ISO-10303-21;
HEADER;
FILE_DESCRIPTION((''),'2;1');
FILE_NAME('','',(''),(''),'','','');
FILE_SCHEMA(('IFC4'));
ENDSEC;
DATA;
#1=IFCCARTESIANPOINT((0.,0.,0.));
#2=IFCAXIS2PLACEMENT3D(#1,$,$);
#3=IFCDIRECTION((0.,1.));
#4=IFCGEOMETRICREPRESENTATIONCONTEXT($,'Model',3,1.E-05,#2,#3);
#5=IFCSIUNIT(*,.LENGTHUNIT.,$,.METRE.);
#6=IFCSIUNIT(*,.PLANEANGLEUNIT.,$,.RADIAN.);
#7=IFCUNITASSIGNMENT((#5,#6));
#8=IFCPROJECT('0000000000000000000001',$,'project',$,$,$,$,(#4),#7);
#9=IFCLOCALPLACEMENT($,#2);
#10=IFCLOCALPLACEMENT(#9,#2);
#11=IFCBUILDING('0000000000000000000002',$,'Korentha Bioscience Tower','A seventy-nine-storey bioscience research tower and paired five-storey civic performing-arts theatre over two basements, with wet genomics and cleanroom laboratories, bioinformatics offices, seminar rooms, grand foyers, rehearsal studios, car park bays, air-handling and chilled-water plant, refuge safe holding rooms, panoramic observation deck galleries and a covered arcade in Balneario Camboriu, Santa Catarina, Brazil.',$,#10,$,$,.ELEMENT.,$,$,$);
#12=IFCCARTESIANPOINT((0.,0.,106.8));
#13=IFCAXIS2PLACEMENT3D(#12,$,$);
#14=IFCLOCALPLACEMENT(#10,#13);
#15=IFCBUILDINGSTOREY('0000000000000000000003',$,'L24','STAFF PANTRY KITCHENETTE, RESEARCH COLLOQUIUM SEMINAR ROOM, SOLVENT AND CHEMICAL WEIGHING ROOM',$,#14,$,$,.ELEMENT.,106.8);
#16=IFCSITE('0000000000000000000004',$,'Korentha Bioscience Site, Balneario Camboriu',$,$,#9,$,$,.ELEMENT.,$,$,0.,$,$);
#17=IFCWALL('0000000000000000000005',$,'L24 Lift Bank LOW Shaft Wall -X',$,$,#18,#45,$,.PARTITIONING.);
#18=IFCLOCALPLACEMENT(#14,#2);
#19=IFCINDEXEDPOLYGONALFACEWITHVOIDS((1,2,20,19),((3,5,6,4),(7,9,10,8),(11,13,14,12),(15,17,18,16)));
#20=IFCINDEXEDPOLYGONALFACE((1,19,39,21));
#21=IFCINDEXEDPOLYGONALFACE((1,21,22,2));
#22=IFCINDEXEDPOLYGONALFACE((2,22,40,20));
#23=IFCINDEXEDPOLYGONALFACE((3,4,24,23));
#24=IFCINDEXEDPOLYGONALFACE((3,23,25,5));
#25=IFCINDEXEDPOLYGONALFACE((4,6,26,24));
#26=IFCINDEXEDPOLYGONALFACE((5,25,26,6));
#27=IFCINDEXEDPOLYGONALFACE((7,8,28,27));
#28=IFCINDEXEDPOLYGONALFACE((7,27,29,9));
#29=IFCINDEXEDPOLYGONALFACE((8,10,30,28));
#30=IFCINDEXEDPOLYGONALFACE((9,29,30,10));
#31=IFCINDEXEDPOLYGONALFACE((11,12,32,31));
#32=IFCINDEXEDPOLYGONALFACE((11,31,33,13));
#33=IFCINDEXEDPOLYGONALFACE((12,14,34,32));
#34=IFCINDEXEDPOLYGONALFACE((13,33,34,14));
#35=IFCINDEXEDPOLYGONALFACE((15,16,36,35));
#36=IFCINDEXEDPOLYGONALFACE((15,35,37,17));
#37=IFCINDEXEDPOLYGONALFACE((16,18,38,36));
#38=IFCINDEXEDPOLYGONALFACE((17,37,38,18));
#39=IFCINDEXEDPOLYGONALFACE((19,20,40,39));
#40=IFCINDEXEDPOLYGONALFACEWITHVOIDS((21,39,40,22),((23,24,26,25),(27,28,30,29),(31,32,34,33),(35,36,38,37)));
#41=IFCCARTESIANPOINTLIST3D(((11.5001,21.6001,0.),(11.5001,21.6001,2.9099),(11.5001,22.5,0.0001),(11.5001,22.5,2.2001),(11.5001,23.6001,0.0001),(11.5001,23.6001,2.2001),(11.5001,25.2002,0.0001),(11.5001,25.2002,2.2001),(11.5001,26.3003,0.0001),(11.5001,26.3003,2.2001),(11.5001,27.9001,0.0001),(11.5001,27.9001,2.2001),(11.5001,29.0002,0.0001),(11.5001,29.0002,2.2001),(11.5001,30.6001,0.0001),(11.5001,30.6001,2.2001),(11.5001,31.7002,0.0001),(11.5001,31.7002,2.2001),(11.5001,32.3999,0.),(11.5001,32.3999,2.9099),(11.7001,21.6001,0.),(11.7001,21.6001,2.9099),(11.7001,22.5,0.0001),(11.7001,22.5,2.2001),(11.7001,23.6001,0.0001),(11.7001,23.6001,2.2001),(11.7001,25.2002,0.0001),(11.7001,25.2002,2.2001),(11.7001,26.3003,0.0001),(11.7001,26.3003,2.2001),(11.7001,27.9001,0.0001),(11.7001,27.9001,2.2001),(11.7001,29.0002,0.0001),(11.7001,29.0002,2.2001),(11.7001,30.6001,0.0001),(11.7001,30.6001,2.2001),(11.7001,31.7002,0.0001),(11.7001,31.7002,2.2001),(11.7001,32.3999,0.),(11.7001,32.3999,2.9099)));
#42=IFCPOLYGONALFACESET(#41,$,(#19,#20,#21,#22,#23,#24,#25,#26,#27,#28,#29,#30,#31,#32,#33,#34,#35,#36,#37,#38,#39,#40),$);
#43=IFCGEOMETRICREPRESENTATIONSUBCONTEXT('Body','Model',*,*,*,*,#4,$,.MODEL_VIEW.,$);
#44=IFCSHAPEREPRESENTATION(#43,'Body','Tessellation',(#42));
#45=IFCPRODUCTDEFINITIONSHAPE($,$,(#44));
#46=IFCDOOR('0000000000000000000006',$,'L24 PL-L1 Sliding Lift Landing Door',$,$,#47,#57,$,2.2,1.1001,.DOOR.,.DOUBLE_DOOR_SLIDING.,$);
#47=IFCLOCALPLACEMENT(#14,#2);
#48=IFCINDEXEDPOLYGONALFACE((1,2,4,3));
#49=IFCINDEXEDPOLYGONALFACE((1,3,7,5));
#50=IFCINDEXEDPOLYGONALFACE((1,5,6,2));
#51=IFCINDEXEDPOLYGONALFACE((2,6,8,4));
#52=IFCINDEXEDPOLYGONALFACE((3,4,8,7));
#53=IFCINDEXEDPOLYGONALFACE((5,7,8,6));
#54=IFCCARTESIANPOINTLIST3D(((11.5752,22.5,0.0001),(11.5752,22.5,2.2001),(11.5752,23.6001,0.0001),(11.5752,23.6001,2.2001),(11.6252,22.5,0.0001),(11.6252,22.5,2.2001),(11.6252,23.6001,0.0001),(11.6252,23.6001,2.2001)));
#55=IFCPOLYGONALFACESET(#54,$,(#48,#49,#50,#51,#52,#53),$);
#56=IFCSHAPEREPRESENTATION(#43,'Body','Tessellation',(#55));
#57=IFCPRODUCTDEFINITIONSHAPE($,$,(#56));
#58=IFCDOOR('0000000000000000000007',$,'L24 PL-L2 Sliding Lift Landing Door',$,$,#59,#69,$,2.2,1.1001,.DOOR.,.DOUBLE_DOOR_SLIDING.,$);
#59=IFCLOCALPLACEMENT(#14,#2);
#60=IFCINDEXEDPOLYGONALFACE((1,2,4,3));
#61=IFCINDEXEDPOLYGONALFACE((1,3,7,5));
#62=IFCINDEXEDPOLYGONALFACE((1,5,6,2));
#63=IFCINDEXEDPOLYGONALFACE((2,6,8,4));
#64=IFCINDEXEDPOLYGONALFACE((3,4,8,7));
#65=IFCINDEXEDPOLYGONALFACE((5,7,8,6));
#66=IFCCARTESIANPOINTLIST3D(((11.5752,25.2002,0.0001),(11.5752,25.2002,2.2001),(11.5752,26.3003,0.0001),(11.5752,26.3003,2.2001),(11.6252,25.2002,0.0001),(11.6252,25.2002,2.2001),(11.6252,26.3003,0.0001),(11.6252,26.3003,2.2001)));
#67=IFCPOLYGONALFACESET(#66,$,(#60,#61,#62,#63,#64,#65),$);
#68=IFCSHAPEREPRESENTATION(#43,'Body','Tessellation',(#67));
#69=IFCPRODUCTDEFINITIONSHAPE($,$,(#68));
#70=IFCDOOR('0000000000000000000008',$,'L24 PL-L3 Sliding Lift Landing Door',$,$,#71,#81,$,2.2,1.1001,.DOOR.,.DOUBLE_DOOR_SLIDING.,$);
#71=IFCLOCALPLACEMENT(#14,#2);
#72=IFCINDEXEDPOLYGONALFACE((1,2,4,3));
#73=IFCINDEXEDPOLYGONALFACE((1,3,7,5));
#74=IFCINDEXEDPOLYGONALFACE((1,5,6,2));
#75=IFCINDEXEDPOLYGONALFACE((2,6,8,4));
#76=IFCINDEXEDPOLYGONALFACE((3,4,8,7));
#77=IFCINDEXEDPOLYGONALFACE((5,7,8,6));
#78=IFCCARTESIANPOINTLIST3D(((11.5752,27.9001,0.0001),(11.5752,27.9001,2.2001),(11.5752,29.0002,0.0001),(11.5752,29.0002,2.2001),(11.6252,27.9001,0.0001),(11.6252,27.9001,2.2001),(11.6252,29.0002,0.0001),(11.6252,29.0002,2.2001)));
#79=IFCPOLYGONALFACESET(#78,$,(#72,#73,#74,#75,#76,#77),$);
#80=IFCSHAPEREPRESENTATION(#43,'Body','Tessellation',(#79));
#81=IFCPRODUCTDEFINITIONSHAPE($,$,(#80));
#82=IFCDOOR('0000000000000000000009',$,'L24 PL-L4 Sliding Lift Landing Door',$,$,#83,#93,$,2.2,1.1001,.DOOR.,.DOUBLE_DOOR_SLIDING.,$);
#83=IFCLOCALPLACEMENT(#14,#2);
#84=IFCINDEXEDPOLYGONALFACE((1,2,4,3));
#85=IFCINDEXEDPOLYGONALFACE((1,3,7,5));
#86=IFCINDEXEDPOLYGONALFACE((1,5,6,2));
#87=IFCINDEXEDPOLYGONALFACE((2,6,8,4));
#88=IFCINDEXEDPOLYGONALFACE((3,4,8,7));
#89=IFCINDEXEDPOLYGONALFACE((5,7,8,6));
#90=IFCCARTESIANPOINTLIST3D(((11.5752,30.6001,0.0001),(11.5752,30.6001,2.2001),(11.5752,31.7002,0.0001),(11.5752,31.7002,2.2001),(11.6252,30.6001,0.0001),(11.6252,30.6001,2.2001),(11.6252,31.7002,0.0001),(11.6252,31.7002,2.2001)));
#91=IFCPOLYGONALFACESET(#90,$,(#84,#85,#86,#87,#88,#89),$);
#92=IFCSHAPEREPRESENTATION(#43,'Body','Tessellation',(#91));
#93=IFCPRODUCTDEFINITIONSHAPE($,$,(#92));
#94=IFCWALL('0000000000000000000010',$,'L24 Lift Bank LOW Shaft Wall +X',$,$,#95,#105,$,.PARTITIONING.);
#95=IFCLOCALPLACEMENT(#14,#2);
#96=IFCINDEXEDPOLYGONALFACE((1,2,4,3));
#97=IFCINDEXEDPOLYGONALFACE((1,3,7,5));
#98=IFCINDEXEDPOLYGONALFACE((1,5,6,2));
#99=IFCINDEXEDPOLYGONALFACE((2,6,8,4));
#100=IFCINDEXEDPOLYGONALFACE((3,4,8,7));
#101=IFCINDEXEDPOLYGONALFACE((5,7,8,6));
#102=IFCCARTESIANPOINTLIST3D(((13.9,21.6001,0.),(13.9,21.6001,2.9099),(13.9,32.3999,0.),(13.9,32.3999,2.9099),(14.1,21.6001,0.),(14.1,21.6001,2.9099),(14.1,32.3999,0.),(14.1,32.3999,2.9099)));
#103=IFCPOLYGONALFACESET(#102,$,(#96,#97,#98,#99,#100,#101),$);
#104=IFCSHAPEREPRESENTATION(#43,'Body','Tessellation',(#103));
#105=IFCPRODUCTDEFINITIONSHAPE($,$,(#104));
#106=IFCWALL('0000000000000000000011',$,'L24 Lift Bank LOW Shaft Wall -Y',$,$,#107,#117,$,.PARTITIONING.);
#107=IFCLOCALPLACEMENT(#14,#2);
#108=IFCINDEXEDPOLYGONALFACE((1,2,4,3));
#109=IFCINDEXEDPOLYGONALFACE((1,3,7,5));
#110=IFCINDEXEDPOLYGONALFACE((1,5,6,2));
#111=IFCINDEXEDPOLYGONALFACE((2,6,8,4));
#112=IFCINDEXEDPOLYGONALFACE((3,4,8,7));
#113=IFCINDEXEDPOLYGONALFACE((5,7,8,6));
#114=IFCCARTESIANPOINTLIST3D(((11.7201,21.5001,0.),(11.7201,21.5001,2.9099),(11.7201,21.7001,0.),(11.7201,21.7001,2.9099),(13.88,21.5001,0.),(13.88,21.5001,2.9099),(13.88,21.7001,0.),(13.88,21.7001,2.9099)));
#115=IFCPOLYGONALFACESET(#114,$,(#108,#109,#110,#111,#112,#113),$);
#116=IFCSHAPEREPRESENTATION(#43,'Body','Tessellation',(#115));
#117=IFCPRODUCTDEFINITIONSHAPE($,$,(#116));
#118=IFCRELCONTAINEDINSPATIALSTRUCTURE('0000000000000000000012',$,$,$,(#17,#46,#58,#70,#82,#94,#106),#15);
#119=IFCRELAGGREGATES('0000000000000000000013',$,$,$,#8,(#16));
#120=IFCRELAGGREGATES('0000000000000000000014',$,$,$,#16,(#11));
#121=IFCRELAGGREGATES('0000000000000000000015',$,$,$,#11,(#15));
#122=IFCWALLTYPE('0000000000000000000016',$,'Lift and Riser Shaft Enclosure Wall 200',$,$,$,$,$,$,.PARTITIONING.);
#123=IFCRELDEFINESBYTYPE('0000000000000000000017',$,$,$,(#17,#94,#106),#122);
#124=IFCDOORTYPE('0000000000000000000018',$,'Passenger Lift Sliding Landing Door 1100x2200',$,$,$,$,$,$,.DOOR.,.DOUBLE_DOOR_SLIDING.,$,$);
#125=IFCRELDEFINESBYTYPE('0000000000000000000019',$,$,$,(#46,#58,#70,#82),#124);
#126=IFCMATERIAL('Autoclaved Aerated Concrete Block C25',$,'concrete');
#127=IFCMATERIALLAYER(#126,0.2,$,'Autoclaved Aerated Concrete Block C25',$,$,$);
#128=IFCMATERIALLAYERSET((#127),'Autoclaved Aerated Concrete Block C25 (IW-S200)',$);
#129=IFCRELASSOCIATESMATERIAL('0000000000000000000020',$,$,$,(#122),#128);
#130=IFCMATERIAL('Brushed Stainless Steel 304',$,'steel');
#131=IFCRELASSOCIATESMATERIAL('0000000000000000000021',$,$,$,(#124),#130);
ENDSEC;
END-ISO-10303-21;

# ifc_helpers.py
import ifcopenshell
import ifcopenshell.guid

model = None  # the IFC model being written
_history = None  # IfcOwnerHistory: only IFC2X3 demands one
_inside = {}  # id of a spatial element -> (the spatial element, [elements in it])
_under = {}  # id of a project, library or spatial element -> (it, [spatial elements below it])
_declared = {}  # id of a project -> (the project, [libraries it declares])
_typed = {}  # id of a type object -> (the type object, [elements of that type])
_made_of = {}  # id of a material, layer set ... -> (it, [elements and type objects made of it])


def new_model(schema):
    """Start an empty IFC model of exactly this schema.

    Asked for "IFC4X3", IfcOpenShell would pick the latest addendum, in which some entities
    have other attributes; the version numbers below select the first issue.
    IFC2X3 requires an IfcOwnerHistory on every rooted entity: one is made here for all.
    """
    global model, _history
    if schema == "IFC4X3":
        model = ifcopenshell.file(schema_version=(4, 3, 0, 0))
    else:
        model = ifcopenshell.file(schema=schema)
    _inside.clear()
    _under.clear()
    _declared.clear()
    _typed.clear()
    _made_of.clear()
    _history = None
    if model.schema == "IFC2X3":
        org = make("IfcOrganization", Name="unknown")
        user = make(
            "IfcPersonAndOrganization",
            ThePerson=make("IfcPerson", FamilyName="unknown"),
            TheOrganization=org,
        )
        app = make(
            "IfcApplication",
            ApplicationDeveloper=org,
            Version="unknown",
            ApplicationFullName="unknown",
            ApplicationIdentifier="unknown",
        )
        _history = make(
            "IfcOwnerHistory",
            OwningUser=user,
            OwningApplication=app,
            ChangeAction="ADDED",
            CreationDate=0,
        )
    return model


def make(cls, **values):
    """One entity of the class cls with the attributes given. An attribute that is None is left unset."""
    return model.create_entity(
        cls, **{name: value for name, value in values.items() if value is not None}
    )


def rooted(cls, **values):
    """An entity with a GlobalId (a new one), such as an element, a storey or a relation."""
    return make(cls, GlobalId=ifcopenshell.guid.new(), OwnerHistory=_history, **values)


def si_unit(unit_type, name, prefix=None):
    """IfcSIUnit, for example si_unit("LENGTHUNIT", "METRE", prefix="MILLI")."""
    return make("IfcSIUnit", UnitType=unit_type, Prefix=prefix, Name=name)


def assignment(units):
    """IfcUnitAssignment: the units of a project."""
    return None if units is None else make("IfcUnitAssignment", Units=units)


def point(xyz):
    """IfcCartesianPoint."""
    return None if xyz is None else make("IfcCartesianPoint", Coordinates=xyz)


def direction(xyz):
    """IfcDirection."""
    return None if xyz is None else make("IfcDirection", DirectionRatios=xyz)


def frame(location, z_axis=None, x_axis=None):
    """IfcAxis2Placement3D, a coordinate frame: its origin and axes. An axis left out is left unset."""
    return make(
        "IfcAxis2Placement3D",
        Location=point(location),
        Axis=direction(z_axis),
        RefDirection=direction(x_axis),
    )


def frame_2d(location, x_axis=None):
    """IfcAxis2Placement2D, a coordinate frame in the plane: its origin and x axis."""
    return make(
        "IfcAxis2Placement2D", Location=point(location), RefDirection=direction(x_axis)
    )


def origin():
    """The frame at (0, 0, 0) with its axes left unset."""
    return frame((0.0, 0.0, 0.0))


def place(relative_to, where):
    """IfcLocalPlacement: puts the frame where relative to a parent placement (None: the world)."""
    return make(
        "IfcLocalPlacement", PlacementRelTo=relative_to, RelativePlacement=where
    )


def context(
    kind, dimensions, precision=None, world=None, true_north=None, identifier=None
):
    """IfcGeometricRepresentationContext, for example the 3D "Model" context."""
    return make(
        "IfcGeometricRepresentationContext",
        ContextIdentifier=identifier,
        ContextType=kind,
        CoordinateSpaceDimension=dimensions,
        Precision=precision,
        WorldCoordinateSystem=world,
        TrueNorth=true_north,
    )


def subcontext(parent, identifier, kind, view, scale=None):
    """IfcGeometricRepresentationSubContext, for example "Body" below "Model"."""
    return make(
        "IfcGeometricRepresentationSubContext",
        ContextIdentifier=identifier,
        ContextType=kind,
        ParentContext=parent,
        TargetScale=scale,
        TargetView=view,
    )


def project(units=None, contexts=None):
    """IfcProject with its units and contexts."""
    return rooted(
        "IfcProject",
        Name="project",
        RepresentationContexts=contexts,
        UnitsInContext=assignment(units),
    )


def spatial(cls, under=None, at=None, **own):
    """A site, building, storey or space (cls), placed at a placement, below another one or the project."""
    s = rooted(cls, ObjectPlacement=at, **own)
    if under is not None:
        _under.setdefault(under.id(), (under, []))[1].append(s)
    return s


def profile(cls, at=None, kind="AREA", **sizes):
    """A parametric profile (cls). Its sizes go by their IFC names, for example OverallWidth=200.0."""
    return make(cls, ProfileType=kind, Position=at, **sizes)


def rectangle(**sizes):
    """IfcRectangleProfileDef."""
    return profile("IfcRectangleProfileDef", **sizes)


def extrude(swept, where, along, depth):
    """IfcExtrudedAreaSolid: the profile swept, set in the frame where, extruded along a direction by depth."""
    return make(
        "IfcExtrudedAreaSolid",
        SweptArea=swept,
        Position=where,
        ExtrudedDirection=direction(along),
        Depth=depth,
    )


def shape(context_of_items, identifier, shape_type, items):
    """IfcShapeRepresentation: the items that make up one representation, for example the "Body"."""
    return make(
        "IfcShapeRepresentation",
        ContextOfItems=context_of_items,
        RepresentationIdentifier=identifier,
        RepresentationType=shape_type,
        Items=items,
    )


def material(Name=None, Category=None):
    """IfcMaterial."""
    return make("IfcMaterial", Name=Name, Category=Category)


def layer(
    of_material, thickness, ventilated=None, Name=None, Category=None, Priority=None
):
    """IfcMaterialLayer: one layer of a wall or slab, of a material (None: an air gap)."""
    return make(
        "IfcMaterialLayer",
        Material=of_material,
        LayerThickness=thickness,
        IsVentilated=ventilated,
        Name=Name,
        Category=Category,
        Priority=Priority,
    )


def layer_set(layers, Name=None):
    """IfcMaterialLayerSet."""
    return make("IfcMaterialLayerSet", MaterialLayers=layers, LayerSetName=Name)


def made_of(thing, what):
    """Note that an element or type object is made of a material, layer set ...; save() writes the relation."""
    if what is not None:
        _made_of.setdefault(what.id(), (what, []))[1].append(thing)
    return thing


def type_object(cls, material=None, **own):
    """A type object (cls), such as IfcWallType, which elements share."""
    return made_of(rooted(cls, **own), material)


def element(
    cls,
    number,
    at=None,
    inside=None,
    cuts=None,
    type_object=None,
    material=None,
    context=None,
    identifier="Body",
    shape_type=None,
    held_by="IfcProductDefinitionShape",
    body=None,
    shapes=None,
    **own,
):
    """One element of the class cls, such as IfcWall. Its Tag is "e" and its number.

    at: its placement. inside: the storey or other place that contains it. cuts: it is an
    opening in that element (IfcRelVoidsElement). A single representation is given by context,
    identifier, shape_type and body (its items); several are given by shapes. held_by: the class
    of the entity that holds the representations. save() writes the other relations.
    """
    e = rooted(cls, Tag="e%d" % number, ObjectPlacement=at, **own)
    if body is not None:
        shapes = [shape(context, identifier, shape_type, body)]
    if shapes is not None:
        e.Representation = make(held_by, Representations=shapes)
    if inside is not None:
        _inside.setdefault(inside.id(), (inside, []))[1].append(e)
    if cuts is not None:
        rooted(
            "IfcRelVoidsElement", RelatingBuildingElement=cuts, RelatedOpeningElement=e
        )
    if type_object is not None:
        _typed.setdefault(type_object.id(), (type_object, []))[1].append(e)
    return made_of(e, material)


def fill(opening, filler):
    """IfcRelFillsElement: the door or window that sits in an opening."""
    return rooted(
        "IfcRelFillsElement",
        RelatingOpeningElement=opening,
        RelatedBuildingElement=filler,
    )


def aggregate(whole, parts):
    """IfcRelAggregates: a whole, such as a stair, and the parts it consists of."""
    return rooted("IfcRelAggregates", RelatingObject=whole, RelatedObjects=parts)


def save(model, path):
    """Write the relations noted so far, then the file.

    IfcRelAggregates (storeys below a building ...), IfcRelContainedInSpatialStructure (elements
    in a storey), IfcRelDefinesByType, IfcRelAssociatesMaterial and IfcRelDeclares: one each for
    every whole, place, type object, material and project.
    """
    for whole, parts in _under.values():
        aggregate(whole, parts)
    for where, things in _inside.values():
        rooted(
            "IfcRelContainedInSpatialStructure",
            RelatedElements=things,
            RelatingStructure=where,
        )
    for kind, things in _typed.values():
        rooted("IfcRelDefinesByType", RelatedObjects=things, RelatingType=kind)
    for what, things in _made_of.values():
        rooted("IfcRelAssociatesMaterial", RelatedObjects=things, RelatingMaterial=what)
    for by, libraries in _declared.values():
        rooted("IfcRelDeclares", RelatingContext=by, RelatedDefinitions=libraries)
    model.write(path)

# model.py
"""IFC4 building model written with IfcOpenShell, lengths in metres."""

from ifc_helpers import new_model, si_unit, direction, frame, frame_2d, origin, place, context, subcontext, project, spatial, rectangle, extrude, material, layer, layer_set, type_object, element, fill, save


model = new_model("IFC4")

# Units and contexts
model_context = context("Model", 3, precision=1e-05, world=origin(), true_north=direction((0.0, 1.0)))
body_context = subcontext(model_context, "Body", "Model", "MODEL_VIEW")
ifc_project = project(units=[si_unit("LENGTHUNIT", "METRE"), si_unit("PLANEANGLEUNIT", "RADIAN")], contexts=[model_context])

# Site, building, storey
site_placement = place(None, origin())
site = spatial("IfcSite", under=ifc_project, at=site_placement, Name="Korentha Bioscience Site, Balneario Camboriu", CompositionType="ELEMENT", RefElevation=0.0)
building_placement = place(site_placement, origin())
building = spatial("IfcBuilding", under=site, at=building_placement, Name="Korentha Bioscience Tower", Description="A seventy-nine-storey bioscience research tower and paired five-storey civic performing-arts theatre over two basements, with wet genomics and cleanroom laboratories, bioinformatics offices, seminar rooms, grand foyers, rehearsal studios, car park bays, air-handling and chilled-water plant, refuge safe holding rooms, panoramic observation deck galleries and a covered arcade in Balneario Camboriu, Santa Catarina, Brazil.", CompositionType="ELEMENT")
storey_placement = place(building_placement, frame((0.0, 0.0, 106.8)))
storey = spatial("IfcBuildingStorey", under=building, at=storey_placement, Name="L24", Description="STAFF PANTRY KITCHENETTE, RESEARCH COLLOQUIUM SEMINAR ROOM, SOLVENT AND CHEMICAL WEIGHING ROOM", CompositionType="ELEMENT", Elevation=106.8)

# Wall, openings, doors
ifc_material_1 = material(Name="Autoclaved Aerated Concrete Block C25", Category="concrete")
ifc_layer_1 = layer(ifc_material_1, 0.2, Name="Autoclaved Aerated Concrete Block C25")
ifc_layer_set_1 = layer_set([ifc_layer_1], Name="Autoclaved Aerated Concrete Block C25 (IW-S200)")
wall_type_1 = type_object("IfcWallType", Name="Lift and Riser Shaft Enclosure Wall 200", PredefinedType="PARTITIONING", material=ifc_layer_set_1)
wall_1_placement = place(storey_placement, frame((11.6001, 21.6001, 0.0), z_axis=(0.0, 0.0, 1.0), x_axis=(0.0, 1.0, 0.0)))
wall_1 = element("IfcWall", 1, at=wall_1_placement, inside=storey, type_object=wall_type_1, Name="L24 Lift Bank LOW Shaft Wall -X", PredefinedType="PARTITIONING", context=body_context, shape_type="SweptSolid", body=[
    extrude(rectangle(XDim=10.7998, YDim=0.2, at=frame_2d((5.3999, 0.0))), origin(), (0.0, 0.0, 1.0), 2.9099),
])
opening_1_placement = place(wall_1_placement, frame((0.8999, 0.0, 0.0)))
opening_1 = element("IfcOpeningElement", 2, at=opening_1_placement, cuts=wall_1, PredefinedType="OPENING", context=body_context, shape_type="SweptSolid", body=[
    extrude(rectangle(XDim=1.1001, YDim=2.2, at=frame_2d((0.55, 1.1001))), frame((0.0, 0.1147, 0.0), z_axis=(0.0, -1.0, 0.0), x_axis=(1.0, 0.0, 0.0)), (0.0, 0.0, 1.0), 0.2297),
])
opening_2_placement = place(wall_1_placement, frame((3.6001, 0.0, 0.0)))
opening_2 = element("IfcOpeningElement", 3, at=opening_2_placement, cuts=wall_1, PredefinedType="OPENING", context=body_context, shape_type="SweptSolid", body=[
    extrude(rectangle(XDim=1.1001, YDim=2.2, at=frame_2d((0.55, 1.1001))), frame((0.0, 0.1147, 0.0), z_axis=(0.0, -1.0, 0.0), x_axis=(1.0, 0.0, 0.0)), (0.0, 0.0, 1.0), 0.2297),
])
opening_3_placement = place(wall_1_placement, frame((6.3, 0.0, 0.0)))
opening_3 = element("IfcOpeningElement", 4, at=opening_3_placement, cuts=wall_1, PredefinedType="OPENING", context=body_context, shape_type="SweptSolid", body=[
    extrude(rectangle(XDim=1.1001, YDim=2.2, at=frame_2d((0.55, 1.1001))), frame((0.0, 0.1147, 0.0), z_axis=(0.0, -1.0, 0.0), x_axis=(1.0, 0.0, 0.0)), (0.0, 0.0, 1.0), 0.2297),
])
opening_4_placement = place(wall_1_placement, frame((9.0, 0.0, 0.0)))
opening_4 = element("IfcOpeningElement", 5, at=opening_4_placement, cuts=wall_1, PredefinedType="OPENING", context=body_context, shape_type="SweptSolid", body=[
    extrude(rectangle(XDim=1.1001, YDim=2.2, at=frame_2d((0.55, 1.1001))), frame((0.0, 0.1147, 0.0), z_axis=(0.0, -1.0, 0.0), x_axis=(1.0, 0.0, 0.0)), (0.0, 0.0, 1.0), 0.2297),
])
ifc_material_2 = material(Name="Brushed Stainless Steel 304", Category="steel")
door_type_1 = type_object("IfcDoorType", Name="Passenger Lift Sliding Landing Door 1100x2200", OperationType="DOUBLE_DOOR_SLIDING", PredefinedType="DOOR", material=ifc_material_2)
door_1_placement = place(opening_1_placement, origin())
door_1 = element("IfcDoor", 6, at=door_1_placement, inside=storey, type_object=door_type_1, Name="L24 PL-L1 Sliding Lift Landing Door", OperationType="DOUBLE_DOOR_SLIDING", OverallHeight=2.2, OverallWidth=1.1001, PredefinedType="DOOR", context=body_context, shape_type="SweptSolid", body=[
    extrude(rectangle(XDim=1.1001, YDim=2.2, at=frame_2d((0.55, 1.1001))), frame((0.0, 0.0249, 0.0), z_axis=(0.0, -1.0, 0.0), x_axis=(1.0, 0.0, 0.0)), (0.0, 0.0, 1.0), 0.05),
])
fill(opening_1, door_1)
door_2_placement = place(opening_2_placement, origin())
door_2 = element("IfcDoor", 7, at=door_2_placement, inside=storey, type_object=door_type_1, Name="L24 PL-L2 Sliding Lift Landing Door", OperationType="DOUBLE_DOOR_SLIDING", OverallHeight=2.2, OverallWidth=1.1001, PredefinedType="DOOR", context=body_context, shape_type="SweptSolid", body=[
    extrude(rectangle(XDim=1.1001, YDim=2.2, at=frame_2d((0.55, 1.1001))), frame((0.0, 0.0249, 0.0), z_axis=(0.0, -1.0, 0.0), x_axis=(1.0, 0.0, 0.0)), (0.0, 0.0, 1.0), 0.05),
])
fill(opening_2, door_2)
door_3_placement = place(opening_3_placement, origin())
door_3 = element("IfcDoor", 8, at=door_3_placement, inside=storey, type_object=door_type_1, Name="L24 PL-L3 Sliding Lift Landing Door", OperationType="DOUBLE_DOOR_SLIDING", OverallHeight=2.2, OverallWidth=1.1001, PredefinedType="DOOR", context=body_context, shape_type="SweptSolid", body=[
    extrude(rectangle(XDim=1.1001, YDim=2.2, at=frame_2d((0.55, 1.1001))), frame((0.0, 0.0249, 0.0), z_axis=(0.0, -1.0, 0.0), x_axis=(1.0, 0.0, 0.0)), (0.0, 0.0, 1.0), 0.05),
])
fill(opening_3, door_3)
door_4_placement = place(opening_4_placement, origin())
door_4 = element("IfcDoor", 9, at=door_4_placement, inside=storey, type_object=door_type_1, Name="L24 PL-L4 Sliding Lift Landing Door", OperationType="DOUBLE_DOOR_SLIDING", OverallHeight=2.2, OverallWidth=1.1001, PredefinedType="DOOR", context=body_context, shape_type="SweptSolid", body=[
    extrude(rectangle(XDim=1.1001, YDim=2.2, at=frame_2d((0.55, 1.1001))), frame((0.0, 0.0249, 0.0), z_axis=(0.0, -1.0, 0.0), x_axis=(1.0, 0.0, 0.0)), (0.0, 0.0, 1.0), 0.05),
])
fill(opening_4, door_4)

# Walls
wall_2_placement = place(storey_placement, frame((14.0, 21.6001, 0.0), z_axis=(0.0, 0.0, 1.0), x_axis=(0.0, 1.0, 0.0)))
element("IfcWall", 10, at=wall_2_placement, inside=storey, type_object=wall_type_1, Name="L24 Lift Bank LOW Shaft Wall +X", PredefinedType="PARTITIONING", context=body_context, shape_type="SweptSolid", body=[
    extrude(rectangle(XDim=10.7998, YDim=0.2, at=frame_2d((5.3999, 0.0))), origin(), (0.0, 0.0, 1.0), 2.9099),
])
wall_3_placement = place(storey_placement, frame((11.72, 21.6001, 0.0), z_axis=(0.0, 0.0, 1.0), x_axis=(1.0, 0.0, 0.0)))
element("IfcWall", 11, at=wall_3_placement, inside=storey, type_object=wall_type_1, Name="L24 Lift Bank LOW Shaft Wall -Y", PredefinedType="PARTITIONING", context=body_context, shape_type="SweptSolid", body=[
    extrude(rectangle(XDim=2.1599, YDim=0.2, at=frame_2d((1.0801, 0.0))), origin(), (0.0, 0.0, 1.0), 2.9099),
])

save(model, "model.ifc")
